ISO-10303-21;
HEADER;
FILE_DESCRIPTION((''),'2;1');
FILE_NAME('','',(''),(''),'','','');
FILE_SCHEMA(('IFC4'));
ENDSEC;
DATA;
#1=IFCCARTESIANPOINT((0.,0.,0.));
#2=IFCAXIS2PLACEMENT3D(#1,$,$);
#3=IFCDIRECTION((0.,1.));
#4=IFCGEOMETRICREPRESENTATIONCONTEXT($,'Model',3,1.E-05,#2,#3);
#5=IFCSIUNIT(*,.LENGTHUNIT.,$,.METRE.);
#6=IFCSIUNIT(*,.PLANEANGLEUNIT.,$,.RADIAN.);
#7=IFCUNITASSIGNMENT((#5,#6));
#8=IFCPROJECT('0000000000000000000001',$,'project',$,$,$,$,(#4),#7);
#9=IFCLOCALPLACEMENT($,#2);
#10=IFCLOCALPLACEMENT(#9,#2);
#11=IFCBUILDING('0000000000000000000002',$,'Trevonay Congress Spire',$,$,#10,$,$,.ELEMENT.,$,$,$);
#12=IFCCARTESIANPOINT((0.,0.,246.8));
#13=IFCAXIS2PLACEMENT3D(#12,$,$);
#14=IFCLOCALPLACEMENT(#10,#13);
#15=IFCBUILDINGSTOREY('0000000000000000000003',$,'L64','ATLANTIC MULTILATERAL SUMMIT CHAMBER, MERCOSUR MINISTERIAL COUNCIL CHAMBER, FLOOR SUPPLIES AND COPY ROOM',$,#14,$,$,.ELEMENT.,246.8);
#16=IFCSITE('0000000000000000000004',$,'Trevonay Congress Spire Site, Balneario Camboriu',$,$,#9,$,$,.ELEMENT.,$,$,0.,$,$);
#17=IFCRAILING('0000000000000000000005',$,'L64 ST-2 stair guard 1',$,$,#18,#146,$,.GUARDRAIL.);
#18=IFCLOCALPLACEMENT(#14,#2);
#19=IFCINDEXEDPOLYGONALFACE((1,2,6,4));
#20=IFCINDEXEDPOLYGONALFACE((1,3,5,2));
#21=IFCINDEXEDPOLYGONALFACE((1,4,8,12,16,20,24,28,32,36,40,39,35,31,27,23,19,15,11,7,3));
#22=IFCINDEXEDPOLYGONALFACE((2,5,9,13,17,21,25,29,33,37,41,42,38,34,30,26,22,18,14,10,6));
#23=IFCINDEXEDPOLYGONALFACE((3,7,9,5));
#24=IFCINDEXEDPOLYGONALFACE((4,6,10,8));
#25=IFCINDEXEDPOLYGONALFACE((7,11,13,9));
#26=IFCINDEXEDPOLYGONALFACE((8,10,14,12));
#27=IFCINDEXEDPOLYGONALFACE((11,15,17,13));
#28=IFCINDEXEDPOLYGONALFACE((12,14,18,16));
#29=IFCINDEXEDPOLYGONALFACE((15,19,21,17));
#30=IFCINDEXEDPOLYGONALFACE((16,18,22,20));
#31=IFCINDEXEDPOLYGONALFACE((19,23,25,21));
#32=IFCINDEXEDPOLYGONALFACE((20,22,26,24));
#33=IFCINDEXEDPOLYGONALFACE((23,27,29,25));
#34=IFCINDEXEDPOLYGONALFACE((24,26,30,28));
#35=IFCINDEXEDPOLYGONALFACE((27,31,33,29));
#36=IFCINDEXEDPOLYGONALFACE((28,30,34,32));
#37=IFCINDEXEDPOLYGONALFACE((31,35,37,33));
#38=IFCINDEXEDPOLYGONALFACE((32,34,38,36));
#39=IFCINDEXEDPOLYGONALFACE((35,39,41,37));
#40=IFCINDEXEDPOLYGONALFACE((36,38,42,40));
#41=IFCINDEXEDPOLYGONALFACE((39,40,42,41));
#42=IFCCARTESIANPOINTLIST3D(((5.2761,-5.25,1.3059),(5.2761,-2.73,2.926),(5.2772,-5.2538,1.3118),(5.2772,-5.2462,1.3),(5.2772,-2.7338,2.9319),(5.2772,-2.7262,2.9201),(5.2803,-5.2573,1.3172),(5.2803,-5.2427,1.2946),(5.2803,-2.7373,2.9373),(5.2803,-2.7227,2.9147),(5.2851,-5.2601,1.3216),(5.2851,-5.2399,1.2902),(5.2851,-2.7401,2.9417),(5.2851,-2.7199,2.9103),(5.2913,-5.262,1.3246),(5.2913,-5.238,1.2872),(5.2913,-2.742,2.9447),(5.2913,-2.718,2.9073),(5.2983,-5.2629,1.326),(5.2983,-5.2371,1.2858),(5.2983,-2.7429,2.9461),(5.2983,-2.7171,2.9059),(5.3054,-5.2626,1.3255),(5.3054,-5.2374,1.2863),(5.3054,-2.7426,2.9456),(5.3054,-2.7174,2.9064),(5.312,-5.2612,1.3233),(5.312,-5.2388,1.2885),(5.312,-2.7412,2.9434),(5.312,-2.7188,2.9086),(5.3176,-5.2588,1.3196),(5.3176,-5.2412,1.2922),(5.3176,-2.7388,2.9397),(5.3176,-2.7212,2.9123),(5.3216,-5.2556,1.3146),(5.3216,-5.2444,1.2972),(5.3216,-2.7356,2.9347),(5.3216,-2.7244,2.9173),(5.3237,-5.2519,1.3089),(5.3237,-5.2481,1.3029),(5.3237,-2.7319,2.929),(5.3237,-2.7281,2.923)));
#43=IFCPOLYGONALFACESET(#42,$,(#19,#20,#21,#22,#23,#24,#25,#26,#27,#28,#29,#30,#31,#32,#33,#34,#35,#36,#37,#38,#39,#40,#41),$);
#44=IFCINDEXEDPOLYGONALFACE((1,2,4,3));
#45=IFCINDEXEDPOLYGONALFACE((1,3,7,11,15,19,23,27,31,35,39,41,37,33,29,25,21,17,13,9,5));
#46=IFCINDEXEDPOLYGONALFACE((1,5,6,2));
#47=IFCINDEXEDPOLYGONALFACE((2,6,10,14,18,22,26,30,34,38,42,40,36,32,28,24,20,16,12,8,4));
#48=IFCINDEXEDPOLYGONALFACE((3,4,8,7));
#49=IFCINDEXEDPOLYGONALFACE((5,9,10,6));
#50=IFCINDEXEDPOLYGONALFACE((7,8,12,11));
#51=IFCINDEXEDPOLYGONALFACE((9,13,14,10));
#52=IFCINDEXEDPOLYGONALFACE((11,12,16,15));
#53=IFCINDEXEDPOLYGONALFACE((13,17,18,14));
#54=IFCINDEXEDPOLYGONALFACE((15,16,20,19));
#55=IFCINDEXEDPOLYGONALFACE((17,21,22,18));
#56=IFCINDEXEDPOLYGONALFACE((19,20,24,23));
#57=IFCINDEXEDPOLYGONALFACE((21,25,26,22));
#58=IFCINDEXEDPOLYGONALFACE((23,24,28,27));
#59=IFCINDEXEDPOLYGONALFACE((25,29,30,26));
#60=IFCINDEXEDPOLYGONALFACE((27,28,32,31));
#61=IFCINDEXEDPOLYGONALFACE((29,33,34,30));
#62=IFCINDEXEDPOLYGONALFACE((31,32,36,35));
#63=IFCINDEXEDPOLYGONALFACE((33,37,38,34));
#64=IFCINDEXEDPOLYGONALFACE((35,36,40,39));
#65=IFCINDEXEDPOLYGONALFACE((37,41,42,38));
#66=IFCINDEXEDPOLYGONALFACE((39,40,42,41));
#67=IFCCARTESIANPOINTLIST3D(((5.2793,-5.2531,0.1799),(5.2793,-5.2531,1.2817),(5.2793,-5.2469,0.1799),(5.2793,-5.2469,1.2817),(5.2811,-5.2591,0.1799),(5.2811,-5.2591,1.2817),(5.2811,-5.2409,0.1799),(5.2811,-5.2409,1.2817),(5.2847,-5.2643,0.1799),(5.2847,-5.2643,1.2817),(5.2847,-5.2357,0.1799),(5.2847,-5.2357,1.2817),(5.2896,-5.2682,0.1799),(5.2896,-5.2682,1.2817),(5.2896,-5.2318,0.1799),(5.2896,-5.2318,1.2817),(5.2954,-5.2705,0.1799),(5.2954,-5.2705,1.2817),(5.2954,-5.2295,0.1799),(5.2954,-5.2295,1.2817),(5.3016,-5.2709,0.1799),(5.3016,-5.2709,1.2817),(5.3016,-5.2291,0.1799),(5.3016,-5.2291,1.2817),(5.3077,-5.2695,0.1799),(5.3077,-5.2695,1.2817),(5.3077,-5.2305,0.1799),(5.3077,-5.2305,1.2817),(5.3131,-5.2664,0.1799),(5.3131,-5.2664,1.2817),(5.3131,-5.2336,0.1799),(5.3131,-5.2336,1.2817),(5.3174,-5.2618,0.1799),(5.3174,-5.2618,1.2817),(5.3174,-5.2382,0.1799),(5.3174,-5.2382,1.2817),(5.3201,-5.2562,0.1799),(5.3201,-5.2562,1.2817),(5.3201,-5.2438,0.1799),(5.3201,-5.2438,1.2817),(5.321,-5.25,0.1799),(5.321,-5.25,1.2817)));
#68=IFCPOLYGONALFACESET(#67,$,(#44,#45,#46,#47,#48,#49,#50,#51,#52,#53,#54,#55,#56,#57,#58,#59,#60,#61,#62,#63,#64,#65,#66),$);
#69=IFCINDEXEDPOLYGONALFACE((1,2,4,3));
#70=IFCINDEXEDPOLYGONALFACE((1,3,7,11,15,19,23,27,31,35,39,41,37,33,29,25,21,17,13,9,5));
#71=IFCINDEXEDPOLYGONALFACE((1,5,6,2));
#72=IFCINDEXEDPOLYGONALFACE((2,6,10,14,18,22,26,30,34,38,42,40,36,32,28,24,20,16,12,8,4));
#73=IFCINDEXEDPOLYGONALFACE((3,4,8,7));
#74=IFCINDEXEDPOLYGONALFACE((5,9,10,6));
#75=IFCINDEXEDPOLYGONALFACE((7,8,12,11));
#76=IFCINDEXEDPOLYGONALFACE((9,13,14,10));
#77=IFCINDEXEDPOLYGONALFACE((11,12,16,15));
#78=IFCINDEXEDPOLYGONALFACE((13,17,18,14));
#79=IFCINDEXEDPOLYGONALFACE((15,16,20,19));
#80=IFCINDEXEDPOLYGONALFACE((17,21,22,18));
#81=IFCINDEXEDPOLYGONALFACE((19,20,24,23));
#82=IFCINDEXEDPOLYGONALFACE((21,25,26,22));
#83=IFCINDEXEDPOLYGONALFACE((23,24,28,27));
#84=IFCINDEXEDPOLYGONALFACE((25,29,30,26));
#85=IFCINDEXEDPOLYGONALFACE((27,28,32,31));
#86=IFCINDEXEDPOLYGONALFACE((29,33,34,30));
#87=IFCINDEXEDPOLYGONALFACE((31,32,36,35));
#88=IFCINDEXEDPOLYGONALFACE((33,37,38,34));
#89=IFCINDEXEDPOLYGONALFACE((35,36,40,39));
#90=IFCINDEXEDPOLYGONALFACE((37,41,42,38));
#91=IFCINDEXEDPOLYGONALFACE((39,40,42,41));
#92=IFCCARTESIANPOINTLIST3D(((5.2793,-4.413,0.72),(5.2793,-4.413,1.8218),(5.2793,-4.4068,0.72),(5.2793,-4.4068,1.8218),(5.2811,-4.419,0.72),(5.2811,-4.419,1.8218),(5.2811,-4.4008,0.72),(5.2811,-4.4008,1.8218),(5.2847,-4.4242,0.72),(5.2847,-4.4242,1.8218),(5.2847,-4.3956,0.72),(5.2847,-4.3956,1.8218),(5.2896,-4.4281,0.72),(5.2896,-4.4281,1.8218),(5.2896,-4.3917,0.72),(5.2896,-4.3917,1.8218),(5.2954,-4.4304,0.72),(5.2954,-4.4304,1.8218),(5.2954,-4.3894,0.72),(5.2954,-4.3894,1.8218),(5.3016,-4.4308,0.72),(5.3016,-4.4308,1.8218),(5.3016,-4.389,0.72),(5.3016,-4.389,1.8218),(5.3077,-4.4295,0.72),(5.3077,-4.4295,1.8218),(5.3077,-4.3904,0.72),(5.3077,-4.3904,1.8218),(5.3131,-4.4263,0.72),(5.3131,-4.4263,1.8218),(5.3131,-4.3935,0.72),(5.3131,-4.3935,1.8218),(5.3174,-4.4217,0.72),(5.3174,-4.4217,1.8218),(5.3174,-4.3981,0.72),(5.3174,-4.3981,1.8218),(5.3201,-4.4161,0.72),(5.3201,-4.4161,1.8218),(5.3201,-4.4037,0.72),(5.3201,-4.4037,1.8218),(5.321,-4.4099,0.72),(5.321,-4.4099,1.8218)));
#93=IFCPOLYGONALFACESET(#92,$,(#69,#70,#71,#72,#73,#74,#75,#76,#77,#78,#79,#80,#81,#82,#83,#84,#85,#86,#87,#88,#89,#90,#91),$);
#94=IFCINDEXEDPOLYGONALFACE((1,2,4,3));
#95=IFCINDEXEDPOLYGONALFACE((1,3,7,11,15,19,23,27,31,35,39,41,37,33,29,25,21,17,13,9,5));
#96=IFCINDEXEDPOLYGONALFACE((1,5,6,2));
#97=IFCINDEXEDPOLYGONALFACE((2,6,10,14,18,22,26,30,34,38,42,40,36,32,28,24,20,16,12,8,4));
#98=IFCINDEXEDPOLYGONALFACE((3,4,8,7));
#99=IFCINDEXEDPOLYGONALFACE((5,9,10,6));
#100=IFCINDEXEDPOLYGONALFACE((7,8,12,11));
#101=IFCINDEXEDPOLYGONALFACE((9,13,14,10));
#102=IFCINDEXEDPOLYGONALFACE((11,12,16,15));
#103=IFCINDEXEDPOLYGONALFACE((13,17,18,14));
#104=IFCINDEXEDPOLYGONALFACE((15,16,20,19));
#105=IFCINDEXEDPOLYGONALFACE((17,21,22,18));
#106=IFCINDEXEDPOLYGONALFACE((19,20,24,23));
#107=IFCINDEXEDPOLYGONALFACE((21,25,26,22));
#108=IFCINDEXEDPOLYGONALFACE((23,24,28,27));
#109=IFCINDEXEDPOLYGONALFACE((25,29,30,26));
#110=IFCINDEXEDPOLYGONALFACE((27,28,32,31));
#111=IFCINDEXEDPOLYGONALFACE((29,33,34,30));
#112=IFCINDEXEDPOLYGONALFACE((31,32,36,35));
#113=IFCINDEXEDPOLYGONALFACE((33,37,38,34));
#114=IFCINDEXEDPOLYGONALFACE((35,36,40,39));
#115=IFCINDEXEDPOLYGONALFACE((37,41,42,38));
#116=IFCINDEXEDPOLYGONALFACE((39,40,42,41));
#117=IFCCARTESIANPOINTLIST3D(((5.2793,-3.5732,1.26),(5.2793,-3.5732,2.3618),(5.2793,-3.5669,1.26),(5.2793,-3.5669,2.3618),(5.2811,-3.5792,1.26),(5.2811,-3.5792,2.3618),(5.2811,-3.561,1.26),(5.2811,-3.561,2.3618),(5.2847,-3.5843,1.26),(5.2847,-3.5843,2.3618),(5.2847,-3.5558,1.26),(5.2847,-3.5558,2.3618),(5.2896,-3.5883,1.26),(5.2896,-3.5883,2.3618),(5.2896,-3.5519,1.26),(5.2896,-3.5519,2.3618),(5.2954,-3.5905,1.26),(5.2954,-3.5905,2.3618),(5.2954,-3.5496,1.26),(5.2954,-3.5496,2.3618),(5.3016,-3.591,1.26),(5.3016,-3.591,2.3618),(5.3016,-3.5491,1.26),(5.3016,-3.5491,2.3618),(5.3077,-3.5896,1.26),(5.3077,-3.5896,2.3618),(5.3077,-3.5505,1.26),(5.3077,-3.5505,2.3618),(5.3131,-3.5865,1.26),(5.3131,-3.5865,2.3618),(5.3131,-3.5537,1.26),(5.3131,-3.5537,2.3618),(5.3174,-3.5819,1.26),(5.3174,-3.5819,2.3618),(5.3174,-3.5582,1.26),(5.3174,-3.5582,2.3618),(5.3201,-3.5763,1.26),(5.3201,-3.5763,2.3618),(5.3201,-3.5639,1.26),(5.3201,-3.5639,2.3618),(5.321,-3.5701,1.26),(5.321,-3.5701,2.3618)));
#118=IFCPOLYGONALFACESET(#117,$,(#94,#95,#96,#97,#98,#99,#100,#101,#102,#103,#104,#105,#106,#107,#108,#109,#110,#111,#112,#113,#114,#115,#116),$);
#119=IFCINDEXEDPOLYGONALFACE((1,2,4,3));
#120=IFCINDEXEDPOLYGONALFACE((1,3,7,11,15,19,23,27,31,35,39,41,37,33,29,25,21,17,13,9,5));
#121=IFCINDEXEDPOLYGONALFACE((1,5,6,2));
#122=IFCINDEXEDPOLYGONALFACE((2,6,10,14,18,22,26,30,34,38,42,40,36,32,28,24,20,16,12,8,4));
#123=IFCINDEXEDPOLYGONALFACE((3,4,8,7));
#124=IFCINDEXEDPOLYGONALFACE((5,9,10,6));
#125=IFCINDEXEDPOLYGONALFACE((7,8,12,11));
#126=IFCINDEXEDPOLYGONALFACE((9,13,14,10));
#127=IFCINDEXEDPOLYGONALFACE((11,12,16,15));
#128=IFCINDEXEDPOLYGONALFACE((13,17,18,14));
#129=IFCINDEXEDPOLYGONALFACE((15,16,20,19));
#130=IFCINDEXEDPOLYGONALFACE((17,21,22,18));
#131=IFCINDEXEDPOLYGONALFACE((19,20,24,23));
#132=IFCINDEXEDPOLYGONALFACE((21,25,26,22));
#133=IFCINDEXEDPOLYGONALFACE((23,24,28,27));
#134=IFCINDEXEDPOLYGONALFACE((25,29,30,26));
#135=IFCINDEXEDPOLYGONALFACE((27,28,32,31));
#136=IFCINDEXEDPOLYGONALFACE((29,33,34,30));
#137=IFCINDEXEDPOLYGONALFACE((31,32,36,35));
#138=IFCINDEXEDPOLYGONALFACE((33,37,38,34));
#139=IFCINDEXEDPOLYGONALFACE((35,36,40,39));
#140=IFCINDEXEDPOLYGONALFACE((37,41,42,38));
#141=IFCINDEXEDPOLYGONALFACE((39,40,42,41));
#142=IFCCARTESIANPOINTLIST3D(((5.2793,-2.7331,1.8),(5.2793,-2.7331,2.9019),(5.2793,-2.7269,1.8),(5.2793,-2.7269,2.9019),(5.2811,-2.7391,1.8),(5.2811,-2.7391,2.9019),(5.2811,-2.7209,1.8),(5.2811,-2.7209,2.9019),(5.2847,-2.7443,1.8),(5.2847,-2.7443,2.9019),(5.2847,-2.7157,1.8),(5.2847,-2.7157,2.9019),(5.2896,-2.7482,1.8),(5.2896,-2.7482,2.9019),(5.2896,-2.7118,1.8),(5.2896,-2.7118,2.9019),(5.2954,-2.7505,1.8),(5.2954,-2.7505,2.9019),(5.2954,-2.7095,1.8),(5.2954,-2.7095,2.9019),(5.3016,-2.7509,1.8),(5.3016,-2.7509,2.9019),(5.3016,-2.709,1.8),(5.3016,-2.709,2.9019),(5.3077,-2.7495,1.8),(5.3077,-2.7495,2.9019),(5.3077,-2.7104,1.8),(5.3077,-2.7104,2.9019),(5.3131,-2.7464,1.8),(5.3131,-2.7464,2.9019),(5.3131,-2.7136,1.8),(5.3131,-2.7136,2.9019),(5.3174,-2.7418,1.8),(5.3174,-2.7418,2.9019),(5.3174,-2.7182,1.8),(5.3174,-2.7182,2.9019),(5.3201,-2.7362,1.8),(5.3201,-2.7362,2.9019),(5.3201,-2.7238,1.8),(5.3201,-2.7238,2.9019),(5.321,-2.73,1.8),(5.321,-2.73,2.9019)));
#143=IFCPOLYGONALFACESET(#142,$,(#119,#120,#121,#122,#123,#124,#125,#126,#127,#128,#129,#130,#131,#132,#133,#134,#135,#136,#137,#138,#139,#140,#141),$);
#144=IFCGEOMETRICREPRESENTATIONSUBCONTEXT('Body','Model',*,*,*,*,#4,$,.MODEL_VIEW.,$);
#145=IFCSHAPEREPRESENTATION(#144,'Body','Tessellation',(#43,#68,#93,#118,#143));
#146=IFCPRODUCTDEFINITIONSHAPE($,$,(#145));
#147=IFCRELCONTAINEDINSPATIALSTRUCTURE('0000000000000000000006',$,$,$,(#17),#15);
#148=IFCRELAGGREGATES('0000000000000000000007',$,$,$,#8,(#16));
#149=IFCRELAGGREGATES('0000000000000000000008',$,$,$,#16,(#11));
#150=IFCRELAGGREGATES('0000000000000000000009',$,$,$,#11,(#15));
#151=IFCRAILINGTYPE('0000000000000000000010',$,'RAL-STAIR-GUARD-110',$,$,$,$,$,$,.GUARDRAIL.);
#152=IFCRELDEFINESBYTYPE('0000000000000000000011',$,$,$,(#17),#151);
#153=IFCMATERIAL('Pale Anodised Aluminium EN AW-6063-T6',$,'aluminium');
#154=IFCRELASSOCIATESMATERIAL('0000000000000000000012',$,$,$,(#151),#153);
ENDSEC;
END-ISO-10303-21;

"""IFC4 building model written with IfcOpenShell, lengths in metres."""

from ifc_helpers import new_model, si_unit, direction, frame, origin, origin_2d, place, context, subcontext, project, spatial, circle, extrude, material, type_object, element, save


model = new_model("IFC4")

# Units and contexts
model_context = context("Model", 3, precision=1e-05, world=origin(), true_north=direction((0.0, 1.0)))
body_context = subcontext(model_context, "Body", "Model", "MODEL_VIEW")
ifc_project = project(units=[si_unit("LENGTHUNIT", "METRE"), si_unit("PLANEANGLEUNIT", "RADIAN")], contexts=[model_context])

# Site, building, storey
site_placement = place(None, origin())
site = spatial("IfcSite", under=ifc_project, at=site_placement, Name="Trevonay Congress Spire Site, Balneario Camboriu", CompositionType="ELEMENT", RefElevation=0.0)
building_placement = place(site_placement, origin())
building = spatial("IfcBuilding", under=site, at=building_placement, Name="Trevonay Congress Spire", CompositionType="ELEMENT")
storey_placement = place(building_placement, frame((0.0, 0.0, 246.8)))
storey = spatial("IfcBuildingStorey", under=building, at=storey_placement, Name="L64", Description="ATLANTIC MULTILATERAL SUMMIT CHAMBER, MERCOSUR MINISTERIAL COUNCIL CHAMBER, FLOOR SUPPLIES AND COPY ROOM", CompositionType="ELEMENT", Elevation=246.8)

# Shared definitions
ifc_material_1 = material(Name="Pale Anodised Aluminium EN AW-6063-T6", Category="aluminium")

# Railing
railing_type_1 = type_object("IfcRailingType", Name="RAL-STAIR-GUARD-110", PredefinedType="GUARDRAIL", material=ifc_material_1)
railing_1_placement = place(storey_placement, frame((5.3, -5.25, 0.1799)))
element("IfcRailing", 1, at=railing_1_placement, inside=storey, type_object=railing_type_1, Name="L64 ST-2 stair guard 1", PredefinedType="GUARDRAIL", context=body_context, shape_type="SweptSolid", body=[
    extrude(circle(Radius=0.0239, at=origin_2d()), frame((0.0, 0.0, 1.126), z_axis=(0.0, 0.841163, 0.540782), x_axis=(-1.0, 0.0, 0.0)), (0.0, 0.0, 1.0), 2.9958),
    extrude(circle(Radius=0.021, at=origin_2d()), origin(), (0.0, 0.0, 1.0), 1.1018),
    extrude(circle(Radius=0.021, at=origin_2d()), frame((0.0, 0.8401, 0.54)), (0.0, 0.0, 1.0), 1.1018),
    extrude(circle(Radius=0.021, at=origin_2d()), frame((0.0, 1.6799, 1.0801)), (0.0, 0.0, 1.0), 1.1018),
    extrude(circle(Radius=0.021, at=origin_2d()), frame((0.0, 2.52, 1.6201)), (0.0, 0.0, 1.0), 1.1018),
])

save(model, "model.ifc")
